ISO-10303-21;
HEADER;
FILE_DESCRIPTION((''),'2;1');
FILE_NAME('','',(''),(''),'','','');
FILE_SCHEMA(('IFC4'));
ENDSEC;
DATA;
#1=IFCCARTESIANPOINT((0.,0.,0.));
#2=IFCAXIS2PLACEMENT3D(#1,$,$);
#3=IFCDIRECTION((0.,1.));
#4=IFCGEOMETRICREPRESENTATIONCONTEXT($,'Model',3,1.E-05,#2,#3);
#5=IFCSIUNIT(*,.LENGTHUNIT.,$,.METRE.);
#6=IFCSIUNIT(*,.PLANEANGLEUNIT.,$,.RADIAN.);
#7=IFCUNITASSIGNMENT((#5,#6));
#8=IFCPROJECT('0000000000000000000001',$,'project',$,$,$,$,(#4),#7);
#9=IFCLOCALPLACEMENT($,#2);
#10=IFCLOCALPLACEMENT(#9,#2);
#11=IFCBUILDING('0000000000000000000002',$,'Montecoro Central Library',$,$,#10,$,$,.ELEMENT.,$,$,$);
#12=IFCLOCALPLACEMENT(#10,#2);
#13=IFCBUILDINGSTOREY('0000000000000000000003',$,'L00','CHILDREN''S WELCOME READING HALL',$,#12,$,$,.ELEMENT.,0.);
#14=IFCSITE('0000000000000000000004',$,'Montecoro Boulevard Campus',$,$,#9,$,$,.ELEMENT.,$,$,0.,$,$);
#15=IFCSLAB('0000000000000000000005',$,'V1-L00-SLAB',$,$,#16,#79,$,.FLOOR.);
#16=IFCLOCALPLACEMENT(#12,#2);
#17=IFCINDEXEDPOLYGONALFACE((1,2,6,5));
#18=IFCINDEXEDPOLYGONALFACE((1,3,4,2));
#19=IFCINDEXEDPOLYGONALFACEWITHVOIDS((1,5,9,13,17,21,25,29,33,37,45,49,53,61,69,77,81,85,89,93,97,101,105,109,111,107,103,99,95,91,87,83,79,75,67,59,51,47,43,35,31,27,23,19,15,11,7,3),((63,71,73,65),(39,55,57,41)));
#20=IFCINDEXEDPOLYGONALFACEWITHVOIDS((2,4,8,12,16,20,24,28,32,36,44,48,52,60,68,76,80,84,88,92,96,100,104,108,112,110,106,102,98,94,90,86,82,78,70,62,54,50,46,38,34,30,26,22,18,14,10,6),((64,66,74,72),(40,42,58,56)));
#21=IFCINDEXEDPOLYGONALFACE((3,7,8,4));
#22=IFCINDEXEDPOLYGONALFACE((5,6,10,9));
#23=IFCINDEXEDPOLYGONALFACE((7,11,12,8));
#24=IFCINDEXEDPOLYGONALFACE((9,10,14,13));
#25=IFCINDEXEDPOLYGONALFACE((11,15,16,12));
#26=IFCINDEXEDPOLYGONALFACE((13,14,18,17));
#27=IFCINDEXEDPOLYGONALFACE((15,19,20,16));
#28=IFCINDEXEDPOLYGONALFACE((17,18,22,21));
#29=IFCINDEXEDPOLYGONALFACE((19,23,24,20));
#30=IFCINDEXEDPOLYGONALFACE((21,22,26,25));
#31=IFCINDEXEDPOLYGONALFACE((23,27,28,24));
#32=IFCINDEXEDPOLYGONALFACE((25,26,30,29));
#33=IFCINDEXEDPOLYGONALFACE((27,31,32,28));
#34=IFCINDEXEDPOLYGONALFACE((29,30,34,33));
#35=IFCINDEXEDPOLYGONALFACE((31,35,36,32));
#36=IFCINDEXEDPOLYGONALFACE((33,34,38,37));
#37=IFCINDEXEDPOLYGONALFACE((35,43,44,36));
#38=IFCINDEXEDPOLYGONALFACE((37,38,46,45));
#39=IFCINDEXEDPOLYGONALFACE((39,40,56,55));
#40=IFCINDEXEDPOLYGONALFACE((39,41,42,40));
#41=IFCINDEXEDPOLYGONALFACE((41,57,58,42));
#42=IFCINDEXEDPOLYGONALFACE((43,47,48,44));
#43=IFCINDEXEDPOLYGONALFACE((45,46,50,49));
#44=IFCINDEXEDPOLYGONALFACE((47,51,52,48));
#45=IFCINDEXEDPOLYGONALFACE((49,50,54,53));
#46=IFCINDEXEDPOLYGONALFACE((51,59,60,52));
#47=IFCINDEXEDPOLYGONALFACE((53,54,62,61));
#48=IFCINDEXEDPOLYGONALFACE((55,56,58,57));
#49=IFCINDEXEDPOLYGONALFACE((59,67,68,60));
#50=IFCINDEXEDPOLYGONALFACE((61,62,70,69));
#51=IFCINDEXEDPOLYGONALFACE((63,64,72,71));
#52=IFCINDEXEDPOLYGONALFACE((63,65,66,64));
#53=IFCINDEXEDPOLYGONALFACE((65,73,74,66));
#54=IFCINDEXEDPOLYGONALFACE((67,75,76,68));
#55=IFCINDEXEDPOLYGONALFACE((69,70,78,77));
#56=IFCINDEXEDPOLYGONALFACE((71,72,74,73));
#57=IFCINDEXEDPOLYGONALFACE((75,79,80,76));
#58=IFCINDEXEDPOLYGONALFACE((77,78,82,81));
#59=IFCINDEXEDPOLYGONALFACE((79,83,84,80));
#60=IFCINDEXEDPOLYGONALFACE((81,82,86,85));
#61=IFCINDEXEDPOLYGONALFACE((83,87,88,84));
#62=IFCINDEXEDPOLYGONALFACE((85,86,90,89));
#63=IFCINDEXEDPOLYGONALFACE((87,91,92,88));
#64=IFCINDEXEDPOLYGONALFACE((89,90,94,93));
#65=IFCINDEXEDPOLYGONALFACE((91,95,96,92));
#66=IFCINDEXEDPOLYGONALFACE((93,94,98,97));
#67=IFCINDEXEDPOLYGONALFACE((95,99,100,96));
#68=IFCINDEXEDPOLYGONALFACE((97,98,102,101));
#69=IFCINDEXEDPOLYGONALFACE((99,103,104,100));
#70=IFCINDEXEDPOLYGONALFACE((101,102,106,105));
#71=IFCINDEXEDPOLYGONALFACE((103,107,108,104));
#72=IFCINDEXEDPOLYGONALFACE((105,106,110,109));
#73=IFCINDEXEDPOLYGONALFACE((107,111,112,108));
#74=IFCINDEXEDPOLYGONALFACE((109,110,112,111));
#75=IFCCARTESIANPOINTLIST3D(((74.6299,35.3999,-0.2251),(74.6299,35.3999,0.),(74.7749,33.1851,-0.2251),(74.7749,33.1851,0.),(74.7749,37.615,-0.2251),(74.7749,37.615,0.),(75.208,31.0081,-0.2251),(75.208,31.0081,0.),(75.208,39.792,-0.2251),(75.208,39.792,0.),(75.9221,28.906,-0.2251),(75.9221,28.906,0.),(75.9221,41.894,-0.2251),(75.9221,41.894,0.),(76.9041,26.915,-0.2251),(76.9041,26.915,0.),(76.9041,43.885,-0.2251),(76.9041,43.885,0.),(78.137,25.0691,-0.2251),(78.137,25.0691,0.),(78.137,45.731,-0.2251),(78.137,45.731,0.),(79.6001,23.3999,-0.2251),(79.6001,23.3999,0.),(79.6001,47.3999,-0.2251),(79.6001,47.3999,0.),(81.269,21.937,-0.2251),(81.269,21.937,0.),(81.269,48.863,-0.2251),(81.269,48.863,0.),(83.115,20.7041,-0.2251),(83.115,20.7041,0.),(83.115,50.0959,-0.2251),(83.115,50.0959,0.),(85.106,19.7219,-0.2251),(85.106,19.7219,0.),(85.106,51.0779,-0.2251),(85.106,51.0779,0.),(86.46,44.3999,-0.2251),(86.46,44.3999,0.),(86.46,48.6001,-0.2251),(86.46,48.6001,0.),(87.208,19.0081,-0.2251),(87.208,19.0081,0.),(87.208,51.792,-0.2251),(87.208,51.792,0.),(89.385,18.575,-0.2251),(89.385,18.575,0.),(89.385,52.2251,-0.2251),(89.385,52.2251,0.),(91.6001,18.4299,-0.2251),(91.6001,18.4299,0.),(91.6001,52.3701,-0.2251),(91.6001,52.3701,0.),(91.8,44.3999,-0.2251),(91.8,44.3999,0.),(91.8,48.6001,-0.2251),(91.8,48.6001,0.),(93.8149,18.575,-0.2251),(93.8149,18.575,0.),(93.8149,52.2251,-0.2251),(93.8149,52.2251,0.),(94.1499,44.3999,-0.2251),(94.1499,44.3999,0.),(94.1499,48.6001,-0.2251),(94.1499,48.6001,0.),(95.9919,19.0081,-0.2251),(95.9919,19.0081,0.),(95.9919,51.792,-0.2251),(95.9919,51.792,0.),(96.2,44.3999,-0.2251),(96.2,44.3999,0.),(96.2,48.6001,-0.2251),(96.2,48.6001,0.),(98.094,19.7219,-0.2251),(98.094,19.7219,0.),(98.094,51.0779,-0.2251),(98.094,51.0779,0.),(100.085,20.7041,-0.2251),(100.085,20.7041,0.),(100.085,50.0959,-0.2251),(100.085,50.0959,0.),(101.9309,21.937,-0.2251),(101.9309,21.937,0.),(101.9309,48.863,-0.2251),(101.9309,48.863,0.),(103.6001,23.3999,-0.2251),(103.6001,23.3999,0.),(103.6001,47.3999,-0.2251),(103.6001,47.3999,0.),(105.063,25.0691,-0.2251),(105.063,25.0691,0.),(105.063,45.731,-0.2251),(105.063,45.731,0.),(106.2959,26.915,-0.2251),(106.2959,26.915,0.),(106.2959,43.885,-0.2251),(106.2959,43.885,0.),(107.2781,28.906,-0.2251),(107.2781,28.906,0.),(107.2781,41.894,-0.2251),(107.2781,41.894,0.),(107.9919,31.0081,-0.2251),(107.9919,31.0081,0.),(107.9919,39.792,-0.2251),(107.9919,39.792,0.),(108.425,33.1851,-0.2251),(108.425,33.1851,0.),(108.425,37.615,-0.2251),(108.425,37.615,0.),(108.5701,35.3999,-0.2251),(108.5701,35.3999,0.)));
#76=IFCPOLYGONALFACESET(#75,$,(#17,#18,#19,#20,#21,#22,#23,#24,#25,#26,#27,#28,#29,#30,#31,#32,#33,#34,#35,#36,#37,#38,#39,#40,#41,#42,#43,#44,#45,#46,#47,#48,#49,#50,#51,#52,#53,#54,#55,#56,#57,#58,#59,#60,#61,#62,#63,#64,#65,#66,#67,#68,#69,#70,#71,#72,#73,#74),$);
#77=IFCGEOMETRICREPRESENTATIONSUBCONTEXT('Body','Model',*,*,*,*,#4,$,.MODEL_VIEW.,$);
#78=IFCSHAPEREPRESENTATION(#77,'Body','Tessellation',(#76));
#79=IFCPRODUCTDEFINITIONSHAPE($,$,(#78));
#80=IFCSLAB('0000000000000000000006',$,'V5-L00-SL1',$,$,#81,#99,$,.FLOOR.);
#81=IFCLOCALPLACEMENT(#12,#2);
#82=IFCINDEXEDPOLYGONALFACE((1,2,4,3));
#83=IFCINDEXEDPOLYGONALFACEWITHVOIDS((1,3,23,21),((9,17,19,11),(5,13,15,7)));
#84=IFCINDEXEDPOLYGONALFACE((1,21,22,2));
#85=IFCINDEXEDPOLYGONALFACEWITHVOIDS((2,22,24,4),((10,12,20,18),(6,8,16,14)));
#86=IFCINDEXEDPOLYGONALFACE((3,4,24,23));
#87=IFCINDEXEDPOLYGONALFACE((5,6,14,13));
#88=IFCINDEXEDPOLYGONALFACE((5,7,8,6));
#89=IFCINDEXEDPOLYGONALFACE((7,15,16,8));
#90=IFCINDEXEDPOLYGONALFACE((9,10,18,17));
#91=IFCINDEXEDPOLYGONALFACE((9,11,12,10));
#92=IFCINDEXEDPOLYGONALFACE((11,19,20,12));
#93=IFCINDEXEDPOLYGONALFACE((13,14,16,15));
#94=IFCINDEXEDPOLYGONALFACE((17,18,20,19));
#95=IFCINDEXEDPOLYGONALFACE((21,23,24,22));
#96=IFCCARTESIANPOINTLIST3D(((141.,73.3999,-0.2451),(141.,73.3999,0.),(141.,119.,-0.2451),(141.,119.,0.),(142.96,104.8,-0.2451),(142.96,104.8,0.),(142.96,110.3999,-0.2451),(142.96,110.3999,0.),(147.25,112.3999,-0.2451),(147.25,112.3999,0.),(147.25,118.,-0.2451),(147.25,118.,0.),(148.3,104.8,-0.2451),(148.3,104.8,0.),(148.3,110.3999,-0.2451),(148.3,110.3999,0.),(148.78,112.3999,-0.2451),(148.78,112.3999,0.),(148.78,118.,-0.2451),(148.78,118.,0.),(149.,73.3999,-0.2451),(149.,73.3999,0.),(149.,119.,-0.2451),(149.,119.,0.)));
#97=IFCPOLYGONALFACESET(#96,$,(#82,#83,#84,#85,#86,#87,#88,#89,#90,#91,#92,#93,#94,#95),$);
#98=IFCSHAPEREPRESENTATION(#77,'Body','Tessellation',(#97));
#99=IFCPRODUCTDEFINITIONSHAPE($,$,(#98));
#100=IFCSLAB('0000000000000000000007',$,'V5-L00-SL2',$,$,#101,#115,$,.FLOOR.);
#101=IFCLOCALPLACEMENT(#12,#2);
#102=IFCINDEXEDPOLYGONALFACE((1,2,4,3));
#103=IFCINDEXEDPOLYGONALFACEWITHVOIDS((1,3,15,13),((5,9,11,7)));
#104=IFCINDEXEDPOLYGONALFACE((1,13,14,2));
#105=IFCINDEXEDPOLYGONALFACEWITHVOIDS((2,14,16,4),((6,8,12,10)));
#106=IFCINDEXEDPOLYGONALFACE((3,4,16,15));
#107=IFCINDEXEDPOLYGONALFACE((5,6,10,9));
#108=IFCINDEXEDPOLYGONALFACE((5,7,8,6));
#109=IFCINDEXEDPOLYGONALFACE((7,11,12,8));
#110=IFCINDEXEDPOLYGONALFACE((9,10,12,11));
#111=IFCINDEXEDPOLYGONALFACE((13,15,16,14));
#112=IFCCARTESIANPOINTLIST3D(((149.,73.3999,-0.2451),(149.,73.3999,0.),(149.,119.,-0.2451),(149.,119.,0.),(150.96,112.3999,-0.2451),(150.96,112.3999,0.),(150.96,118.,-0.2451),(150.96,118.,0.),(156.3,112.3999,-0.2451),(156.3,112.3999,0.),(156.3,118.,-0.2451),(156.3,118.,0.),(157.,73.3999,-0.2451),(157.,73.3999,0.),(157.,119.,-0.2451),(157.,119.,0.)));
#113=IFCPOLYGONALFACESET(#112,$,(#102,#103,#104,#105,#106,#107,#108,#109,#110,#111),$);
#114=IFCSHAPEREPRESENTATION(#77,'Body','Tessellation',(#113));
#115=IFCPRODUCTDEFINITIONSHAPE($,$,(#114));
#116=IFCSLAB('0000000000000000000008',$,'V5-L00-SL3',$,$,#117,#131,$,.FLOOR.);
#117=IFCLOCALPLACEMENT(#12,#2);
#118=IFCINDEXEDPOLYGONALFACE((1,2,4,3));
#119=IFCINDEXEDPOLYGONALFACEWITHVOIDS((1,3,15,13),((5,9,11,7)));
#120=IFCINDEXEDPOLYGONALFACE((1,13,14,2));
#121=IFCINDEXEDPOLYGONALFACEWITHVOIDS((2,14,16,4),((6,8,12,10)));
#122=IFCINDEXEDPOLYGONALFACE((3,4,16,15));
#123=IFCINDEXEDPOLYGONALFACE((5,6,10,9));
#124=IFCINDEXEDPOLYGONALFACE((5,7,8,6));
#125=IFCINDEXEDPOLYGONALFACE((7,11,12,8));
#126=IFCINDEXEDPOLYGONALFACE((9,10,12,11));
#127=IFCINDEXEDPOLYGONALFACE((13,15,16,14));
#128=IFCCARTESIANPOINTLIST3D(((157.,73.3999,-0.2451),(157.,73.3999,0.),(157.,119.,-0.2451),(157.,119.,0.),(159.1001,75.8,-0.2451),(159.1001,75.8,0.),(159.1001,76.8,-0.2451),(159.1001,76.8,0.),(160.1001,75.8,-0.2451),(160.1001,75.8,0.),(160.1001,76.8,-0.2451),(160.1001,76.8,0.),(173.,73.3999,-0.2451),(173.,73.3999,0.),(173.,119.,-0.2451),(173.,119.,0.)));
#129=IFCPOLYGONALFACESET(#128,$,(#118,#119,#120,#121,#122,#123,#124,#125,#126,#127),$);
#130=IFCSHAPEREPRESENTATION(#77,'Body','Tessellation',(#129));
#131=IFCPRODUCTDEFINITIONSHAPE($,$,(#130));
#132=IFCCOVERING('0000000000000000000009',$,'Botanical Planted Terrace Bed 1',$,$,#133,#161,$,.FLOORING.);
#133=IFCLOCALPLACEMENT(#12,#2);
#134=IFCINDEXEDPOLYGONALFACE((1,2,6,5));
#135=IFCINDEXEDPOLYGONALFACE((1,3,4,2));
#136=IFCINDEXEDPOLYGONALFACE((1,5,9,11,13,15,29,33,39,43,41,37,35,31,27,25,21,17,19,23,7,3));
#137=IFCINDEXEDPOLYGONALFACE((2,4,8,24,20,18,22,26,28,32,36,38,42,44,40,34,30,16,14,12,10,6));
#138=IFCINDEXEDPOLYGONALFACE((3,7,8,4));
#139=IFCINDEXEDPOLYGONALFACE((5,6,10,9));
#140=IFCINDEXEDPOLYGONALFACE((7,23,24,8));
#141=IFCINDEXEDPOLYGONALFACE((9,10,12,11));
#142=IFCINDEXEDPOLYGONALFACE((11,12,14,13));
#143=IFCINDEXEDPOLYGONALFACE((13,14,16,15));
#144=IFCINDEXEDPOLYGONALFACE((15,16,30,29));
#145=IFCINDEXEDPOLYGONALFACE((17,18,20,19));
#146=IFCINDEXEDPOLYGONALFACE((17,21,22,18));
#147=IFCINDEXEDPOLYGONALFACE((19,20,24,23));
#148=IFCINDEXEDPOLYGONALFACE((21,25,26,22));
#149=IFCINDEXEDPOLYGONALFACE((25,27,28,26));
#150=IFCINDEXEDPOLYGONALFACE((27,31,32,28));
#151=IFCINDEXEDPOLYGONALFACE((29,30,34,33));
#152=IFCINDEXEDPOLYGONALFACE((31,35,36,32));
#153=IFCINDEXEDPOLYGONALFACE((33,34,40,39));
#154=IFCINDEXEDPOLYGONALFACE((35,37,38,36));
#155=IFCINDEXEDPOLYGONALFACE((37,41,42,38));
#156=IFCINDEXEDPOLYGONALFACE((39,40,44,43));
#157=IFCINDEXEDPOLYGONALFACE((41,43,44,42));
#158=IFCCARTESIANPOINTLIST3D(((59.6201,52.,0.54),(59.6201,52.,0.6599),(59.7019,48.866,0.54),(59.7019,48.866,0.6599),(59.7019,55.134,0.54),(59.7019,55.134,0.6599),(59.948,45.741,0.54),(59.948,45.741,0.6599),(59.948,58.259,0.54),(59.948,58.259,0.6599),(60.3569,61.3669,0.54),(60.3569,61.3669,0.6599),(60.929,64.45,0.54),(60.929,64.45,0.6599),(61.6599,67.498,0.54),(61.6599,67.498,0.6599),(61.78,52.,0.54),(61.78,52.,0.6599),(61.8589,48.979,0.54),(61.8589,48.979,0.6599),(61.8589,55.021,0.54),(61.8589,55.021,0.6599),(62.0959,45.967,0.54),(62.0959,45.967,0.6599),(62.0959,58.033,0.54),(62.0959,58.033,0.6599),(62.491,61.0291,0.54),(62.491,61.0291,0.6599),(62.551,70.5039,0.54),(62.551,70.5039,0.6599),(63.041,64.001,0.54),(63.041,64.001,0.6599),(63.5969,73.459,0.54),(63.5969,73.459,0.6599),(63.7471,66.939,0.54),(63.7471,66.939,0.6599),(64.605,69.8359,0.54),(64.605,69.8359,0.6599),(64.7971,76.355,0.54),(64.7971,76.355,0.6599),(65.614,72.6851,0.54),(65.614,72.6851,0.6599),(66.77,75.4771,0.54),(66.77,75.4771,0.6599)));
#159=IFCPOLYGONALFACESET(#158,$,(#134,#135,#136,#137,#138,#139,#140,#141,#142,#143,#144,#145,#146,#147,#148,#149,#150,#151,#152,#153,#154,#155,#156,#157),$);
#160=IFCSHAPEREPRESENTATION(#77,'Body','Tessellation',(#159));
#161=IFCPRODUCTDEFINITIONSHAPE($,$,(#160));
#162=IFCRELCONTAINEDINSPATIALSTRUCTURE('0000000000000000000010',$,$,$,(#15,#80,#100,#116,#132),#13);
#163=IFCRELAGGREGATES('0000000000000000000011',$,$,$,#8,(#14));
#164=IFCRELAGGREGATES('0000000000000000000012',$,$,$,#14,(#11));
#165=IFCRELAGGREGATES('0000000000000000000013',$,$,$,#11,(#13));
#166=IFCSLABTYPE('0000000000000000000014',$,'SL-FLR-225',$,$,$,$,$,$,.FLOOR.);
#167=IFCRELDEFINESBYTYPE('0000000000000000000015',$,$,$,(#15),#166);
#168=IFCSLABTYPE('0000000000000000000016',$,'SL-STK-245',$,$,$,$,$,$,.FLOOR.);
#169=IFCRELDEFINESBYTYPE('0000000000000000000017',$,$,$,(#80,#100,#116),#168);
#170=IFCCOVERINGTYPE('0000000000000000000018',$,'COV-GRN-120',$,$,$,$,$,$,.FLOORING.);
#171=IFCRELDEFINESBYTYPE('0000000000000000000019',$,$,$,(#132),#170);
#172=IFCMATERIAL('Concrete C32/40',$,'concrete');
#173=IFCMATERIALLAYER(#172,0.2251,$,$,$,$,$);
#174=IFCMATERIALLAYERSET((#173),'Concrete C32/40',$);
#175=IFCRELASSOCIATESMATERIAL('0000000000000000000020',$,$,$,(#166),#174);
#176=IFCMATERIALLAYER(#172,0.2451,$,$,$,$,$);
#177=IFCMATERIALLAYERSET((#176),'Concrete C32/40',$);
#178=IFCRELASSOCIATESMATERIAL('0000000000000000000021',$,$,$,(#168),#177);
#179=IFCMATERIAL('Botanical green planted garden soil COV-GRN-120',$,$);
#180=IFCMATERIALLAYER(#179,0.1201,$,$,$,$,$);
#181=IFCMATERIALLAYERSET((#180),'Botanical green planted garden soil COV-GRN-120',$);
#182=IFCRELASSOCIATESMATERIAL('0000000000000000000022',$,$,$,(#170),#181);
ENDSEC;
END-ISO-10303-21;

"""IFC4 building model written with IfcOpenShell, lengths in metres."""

from ifc_helpers import new_model, si_unit, direction, frame, origin, place, context, subcontext, project, spatial, polyline, outline, extrude, material, layer, layer_set, type_object, element, save


model = new_model("IFC4")

# Units and contexts
model_context = context("Model", 3, precision=1e-05, world=origin(), true_north=direction((0.0, 1.0)))
body_context = subcontext(model_context, "Body", "Model", "MODEL_VIEW")
ifc_project = project(units=[si_unit("LENGTHUNIT", "METRE"), si_unit("PLANEANGLEUNIT", "RADIAN")], contexts=[model_context])

# Site, building, storey
site_placement = place(None, origin())
site = spatial("IfcSite", under=ifc_project, at=site_placement, Name="Montecoro Boulevard Campus", CompositionType="ELEMENT", RefElevation=0.0)
building_placement = place(site_placement, origin())
building = spatial("IfcBuilding", under=site, at=building_placement, Name="Montecoro Central Library", CompositionType="ELEMENT")
storey_placement = place(building_placement, origin())
storey = spatial("IfcBuildingStorey", under=building, at=storey_placement, Name="L00", Description="CHILDREN'S WELCOME READING HALL", CompositionType="ELEMENT", Elevation=0.0)

# Slabs
ifc_material_1 = material(Name="Concrete C32/40", Category="concrete")
ifc_layer_1 = layer(ifc_material_1, 0.2251)
ifc_layer_set_1 = layer_set([ifc_layer_1], Name="Concrete C32/40")
slab_type_1 = type_object("IfcSlabType", Name="SL-FLR-225", PredefinedType="FLOOR", material=ifc_layer_set_1)
slab_1_placement = place(storey_placement, frame((0.0, 0.0, -0.2251)))
element("IfcSlab", 1, at=slab_1_placement, inside=storey, type_object=slab_type_1, Name="V1-L00-SLAB", PredefinedType="FLOOR", context=body_context, shape_type="SweptSolid", body=[
    extrude(outline(polyline([(108.5701, 35.3999), (108.425, 37.615), (107.9919, 39.792), (107.2781, 41.894), (106.2959, 43.885), (105.063, 45.731), (103.6001, 47.3999), (101.9309, 48.863), (100.085, 50.0959), (98.094, 51.0779), (95.9919, 51.792), (93.8149, 52.2251), (91.6001, 52.3701), (89.385, 52.2251), (87.208, 51.792), (85.106, 51.0779), (83.115, 50.0959), (81.269, 48.863), (79.6001, 47.3999), (78.137, 45.731), (76.9041, 43.885), (75.9221, 41.894), (75.208, 39.792), (74.7749, 37.615), (74.6299, 35.3999), (74.7749, 33.1851), (75.208, 31.0081), (75.9221, 28.906), (76.9041, 26.915), (78.137, 25.0691), (79.6001, 23.3999), (81.269, 21.937), (83.115, 20.7041), (85.106, 19.7219), (87.208, 19.0081), (89.385, 18.575), (91.6001, 18.4299), (93.8149, 18.575), (95.9919, 19.0081), (98.094, 19.7219), (100.085, 20.7041), (101.9309, 21.937), (103.6001, 23.3999), (105.063, 25.0691), (106.2959, 26.915), (107.2781, 28.906), (107.9919, 31.0081), (108.425, 33.1851), (108.5701, 35.3999)]), holes=[polyline([(86.46, 48.6001), (91.8, 48.6001), (91.8, 44.3999), (86.46, 44.3999), (86.46, 48.6001)]), polyline([(94.1499, 48.6001), (96.2, 48.6001), (96.2, 44.3999), (94.1499, 44.3999), (94.1499, 48.6001)])]), origin(), (0.0, 0.0, 1.0), 0.2251),
])
ifc_layer_2 = layer(ifc_material_1, 0.2451)
ifc_layer_set_2 = layer_set([ifc_layer_2], Name="Concrete C32/40")
slab_type_2 = type_object("IfcSlabType", Name="SL-STK-245", PredefinedType="FLOOR", material=ifc_layer_set_2)
slab_2_placement = place(storey_placement, frame((0.0, 0.0, -0.2451)))
element("IfcSlab", 2, at=slab_2_placement, inside=storey, type_object=slab_type_2, Name="V5-L00-SL1", PredefinedType="FLOOR", context=body_context, shape_type="SweptSolid", body=[
    extrude(outline(polyline([(141.0, 73.3999), (149.0, 73.3999), (149.0, 119.0), (141.0, 119.0), (141.0, 73.3999)]), holes=[polyline([(147.25, 118.0), (148.78, 118.0), (148.78, 112.3999), (147.25, 112.3999), (147.25, 118.0)]), polyline([(142.96, 110.3999), (148.3, 110.3999), (148.3, 104.8), (142.96, 104.8), (142.96, 110.3999)])]), origin(), (0.0, 0.0, 1.0), 0.2451),
])
slab_3_placement = place(storey_placement, frame((0.0, 0.0, -0.2451)))
element("IfcSlab", 3, at=slab_3_placement, inside=storey, type_object=slab_type_2, Name="V5-L00-SL2", PredefinedType="FLOOR", context=body_context, shape_type="SweptSolid", body=[
    extrude(outline(polyline([(149.0, 73.3999), (157.0, 73.3999), (157.0, 119.0), (149.0, 119.0), (149.0, 73.3999)]), holes=[polyline([(150.96, 118.0), (156.3, 118.0), (156.3, 112.3999), (150.96, 112.3999), (150.96, 118.0)])]), origin(), (0.0, 0.0, 1.0), 0.2451),
])
slab_4_placement = place(storey_placement, frame((0.0, 0.0, -0.2451)))
element("IfcSlab", 4, at=slab_4_placement, inside=storey, type_object=slab_type_2, Name="V5-L00-SL3", PredefinedType="FLOOR", context=body_context, shape_type="SweptSolid", body=[
    extrude(outline(polyline([(157.0, 73.3999), (173.0, 73.3999), (173.0, 119.0), (157.0, 119.0), (157.0, 73.3999)]), holes=[polyline([(159.1001, 76.8), (160.1001, 76.8), (160.1001, 75.8), (159.1001, 75.8), (159.1001, 76.8)])]), origin(), (0.0, 0.0, 1.0), 0.2451),
])

# Covering
ifc_material_2 = material(Name="Botanical green planted garden soil COV-GRN-120")
ifc_layer_3 = layer(ifc_material_2, 0.1201)
ifc_layer_set_3 = layer_set([ifc_layer_3], Name="Botanical green planted garden soil COV-GRN-120")
covering_type = type_object("IfcCoveringType", Name="COV-GRN-120", PredefinedType="FLOORING", material=ifc_layer_set_3)
covering_1_placement = place(storey_placement, frame((0.0, 0.0, 0.54)))
element("IfcCovering", 5, at=covering_1_placement, inside=storey, type_object=covering_type, Name="Botanical Planted Terrace Bed 1", PredefinedType="FLOORING", context=body_context, shape_type="SweptSolid", body=[
    extrude(outline(polyline([(66.77, 75.4771), (65.614, 72.6851), (64.605, 69.8359), (63.7471, 66.939), (63.041, 64.001), (62.491, 61.0291), (62.0959, 58.033), (61.8589, 55.021), (61.78, 52.0), (61.8589, 48.979), (62.0959, 45.967), (59.948, 45.741), (59.7019, 48.866), (59.6201, 52.0), (59.7019, 55.134), (59.948, 58.259), (60.3569, 61.3669), (60.929, 64.45), (61.6599, 67.498), (62.551, 70.5039), (63.5969, 73.459), (64.7971, 76.355), (66.77, 75.4771)])), origin(), (0.0, 0.0, 1.0), 0.1199),
])

save(model, "model.ifc")
